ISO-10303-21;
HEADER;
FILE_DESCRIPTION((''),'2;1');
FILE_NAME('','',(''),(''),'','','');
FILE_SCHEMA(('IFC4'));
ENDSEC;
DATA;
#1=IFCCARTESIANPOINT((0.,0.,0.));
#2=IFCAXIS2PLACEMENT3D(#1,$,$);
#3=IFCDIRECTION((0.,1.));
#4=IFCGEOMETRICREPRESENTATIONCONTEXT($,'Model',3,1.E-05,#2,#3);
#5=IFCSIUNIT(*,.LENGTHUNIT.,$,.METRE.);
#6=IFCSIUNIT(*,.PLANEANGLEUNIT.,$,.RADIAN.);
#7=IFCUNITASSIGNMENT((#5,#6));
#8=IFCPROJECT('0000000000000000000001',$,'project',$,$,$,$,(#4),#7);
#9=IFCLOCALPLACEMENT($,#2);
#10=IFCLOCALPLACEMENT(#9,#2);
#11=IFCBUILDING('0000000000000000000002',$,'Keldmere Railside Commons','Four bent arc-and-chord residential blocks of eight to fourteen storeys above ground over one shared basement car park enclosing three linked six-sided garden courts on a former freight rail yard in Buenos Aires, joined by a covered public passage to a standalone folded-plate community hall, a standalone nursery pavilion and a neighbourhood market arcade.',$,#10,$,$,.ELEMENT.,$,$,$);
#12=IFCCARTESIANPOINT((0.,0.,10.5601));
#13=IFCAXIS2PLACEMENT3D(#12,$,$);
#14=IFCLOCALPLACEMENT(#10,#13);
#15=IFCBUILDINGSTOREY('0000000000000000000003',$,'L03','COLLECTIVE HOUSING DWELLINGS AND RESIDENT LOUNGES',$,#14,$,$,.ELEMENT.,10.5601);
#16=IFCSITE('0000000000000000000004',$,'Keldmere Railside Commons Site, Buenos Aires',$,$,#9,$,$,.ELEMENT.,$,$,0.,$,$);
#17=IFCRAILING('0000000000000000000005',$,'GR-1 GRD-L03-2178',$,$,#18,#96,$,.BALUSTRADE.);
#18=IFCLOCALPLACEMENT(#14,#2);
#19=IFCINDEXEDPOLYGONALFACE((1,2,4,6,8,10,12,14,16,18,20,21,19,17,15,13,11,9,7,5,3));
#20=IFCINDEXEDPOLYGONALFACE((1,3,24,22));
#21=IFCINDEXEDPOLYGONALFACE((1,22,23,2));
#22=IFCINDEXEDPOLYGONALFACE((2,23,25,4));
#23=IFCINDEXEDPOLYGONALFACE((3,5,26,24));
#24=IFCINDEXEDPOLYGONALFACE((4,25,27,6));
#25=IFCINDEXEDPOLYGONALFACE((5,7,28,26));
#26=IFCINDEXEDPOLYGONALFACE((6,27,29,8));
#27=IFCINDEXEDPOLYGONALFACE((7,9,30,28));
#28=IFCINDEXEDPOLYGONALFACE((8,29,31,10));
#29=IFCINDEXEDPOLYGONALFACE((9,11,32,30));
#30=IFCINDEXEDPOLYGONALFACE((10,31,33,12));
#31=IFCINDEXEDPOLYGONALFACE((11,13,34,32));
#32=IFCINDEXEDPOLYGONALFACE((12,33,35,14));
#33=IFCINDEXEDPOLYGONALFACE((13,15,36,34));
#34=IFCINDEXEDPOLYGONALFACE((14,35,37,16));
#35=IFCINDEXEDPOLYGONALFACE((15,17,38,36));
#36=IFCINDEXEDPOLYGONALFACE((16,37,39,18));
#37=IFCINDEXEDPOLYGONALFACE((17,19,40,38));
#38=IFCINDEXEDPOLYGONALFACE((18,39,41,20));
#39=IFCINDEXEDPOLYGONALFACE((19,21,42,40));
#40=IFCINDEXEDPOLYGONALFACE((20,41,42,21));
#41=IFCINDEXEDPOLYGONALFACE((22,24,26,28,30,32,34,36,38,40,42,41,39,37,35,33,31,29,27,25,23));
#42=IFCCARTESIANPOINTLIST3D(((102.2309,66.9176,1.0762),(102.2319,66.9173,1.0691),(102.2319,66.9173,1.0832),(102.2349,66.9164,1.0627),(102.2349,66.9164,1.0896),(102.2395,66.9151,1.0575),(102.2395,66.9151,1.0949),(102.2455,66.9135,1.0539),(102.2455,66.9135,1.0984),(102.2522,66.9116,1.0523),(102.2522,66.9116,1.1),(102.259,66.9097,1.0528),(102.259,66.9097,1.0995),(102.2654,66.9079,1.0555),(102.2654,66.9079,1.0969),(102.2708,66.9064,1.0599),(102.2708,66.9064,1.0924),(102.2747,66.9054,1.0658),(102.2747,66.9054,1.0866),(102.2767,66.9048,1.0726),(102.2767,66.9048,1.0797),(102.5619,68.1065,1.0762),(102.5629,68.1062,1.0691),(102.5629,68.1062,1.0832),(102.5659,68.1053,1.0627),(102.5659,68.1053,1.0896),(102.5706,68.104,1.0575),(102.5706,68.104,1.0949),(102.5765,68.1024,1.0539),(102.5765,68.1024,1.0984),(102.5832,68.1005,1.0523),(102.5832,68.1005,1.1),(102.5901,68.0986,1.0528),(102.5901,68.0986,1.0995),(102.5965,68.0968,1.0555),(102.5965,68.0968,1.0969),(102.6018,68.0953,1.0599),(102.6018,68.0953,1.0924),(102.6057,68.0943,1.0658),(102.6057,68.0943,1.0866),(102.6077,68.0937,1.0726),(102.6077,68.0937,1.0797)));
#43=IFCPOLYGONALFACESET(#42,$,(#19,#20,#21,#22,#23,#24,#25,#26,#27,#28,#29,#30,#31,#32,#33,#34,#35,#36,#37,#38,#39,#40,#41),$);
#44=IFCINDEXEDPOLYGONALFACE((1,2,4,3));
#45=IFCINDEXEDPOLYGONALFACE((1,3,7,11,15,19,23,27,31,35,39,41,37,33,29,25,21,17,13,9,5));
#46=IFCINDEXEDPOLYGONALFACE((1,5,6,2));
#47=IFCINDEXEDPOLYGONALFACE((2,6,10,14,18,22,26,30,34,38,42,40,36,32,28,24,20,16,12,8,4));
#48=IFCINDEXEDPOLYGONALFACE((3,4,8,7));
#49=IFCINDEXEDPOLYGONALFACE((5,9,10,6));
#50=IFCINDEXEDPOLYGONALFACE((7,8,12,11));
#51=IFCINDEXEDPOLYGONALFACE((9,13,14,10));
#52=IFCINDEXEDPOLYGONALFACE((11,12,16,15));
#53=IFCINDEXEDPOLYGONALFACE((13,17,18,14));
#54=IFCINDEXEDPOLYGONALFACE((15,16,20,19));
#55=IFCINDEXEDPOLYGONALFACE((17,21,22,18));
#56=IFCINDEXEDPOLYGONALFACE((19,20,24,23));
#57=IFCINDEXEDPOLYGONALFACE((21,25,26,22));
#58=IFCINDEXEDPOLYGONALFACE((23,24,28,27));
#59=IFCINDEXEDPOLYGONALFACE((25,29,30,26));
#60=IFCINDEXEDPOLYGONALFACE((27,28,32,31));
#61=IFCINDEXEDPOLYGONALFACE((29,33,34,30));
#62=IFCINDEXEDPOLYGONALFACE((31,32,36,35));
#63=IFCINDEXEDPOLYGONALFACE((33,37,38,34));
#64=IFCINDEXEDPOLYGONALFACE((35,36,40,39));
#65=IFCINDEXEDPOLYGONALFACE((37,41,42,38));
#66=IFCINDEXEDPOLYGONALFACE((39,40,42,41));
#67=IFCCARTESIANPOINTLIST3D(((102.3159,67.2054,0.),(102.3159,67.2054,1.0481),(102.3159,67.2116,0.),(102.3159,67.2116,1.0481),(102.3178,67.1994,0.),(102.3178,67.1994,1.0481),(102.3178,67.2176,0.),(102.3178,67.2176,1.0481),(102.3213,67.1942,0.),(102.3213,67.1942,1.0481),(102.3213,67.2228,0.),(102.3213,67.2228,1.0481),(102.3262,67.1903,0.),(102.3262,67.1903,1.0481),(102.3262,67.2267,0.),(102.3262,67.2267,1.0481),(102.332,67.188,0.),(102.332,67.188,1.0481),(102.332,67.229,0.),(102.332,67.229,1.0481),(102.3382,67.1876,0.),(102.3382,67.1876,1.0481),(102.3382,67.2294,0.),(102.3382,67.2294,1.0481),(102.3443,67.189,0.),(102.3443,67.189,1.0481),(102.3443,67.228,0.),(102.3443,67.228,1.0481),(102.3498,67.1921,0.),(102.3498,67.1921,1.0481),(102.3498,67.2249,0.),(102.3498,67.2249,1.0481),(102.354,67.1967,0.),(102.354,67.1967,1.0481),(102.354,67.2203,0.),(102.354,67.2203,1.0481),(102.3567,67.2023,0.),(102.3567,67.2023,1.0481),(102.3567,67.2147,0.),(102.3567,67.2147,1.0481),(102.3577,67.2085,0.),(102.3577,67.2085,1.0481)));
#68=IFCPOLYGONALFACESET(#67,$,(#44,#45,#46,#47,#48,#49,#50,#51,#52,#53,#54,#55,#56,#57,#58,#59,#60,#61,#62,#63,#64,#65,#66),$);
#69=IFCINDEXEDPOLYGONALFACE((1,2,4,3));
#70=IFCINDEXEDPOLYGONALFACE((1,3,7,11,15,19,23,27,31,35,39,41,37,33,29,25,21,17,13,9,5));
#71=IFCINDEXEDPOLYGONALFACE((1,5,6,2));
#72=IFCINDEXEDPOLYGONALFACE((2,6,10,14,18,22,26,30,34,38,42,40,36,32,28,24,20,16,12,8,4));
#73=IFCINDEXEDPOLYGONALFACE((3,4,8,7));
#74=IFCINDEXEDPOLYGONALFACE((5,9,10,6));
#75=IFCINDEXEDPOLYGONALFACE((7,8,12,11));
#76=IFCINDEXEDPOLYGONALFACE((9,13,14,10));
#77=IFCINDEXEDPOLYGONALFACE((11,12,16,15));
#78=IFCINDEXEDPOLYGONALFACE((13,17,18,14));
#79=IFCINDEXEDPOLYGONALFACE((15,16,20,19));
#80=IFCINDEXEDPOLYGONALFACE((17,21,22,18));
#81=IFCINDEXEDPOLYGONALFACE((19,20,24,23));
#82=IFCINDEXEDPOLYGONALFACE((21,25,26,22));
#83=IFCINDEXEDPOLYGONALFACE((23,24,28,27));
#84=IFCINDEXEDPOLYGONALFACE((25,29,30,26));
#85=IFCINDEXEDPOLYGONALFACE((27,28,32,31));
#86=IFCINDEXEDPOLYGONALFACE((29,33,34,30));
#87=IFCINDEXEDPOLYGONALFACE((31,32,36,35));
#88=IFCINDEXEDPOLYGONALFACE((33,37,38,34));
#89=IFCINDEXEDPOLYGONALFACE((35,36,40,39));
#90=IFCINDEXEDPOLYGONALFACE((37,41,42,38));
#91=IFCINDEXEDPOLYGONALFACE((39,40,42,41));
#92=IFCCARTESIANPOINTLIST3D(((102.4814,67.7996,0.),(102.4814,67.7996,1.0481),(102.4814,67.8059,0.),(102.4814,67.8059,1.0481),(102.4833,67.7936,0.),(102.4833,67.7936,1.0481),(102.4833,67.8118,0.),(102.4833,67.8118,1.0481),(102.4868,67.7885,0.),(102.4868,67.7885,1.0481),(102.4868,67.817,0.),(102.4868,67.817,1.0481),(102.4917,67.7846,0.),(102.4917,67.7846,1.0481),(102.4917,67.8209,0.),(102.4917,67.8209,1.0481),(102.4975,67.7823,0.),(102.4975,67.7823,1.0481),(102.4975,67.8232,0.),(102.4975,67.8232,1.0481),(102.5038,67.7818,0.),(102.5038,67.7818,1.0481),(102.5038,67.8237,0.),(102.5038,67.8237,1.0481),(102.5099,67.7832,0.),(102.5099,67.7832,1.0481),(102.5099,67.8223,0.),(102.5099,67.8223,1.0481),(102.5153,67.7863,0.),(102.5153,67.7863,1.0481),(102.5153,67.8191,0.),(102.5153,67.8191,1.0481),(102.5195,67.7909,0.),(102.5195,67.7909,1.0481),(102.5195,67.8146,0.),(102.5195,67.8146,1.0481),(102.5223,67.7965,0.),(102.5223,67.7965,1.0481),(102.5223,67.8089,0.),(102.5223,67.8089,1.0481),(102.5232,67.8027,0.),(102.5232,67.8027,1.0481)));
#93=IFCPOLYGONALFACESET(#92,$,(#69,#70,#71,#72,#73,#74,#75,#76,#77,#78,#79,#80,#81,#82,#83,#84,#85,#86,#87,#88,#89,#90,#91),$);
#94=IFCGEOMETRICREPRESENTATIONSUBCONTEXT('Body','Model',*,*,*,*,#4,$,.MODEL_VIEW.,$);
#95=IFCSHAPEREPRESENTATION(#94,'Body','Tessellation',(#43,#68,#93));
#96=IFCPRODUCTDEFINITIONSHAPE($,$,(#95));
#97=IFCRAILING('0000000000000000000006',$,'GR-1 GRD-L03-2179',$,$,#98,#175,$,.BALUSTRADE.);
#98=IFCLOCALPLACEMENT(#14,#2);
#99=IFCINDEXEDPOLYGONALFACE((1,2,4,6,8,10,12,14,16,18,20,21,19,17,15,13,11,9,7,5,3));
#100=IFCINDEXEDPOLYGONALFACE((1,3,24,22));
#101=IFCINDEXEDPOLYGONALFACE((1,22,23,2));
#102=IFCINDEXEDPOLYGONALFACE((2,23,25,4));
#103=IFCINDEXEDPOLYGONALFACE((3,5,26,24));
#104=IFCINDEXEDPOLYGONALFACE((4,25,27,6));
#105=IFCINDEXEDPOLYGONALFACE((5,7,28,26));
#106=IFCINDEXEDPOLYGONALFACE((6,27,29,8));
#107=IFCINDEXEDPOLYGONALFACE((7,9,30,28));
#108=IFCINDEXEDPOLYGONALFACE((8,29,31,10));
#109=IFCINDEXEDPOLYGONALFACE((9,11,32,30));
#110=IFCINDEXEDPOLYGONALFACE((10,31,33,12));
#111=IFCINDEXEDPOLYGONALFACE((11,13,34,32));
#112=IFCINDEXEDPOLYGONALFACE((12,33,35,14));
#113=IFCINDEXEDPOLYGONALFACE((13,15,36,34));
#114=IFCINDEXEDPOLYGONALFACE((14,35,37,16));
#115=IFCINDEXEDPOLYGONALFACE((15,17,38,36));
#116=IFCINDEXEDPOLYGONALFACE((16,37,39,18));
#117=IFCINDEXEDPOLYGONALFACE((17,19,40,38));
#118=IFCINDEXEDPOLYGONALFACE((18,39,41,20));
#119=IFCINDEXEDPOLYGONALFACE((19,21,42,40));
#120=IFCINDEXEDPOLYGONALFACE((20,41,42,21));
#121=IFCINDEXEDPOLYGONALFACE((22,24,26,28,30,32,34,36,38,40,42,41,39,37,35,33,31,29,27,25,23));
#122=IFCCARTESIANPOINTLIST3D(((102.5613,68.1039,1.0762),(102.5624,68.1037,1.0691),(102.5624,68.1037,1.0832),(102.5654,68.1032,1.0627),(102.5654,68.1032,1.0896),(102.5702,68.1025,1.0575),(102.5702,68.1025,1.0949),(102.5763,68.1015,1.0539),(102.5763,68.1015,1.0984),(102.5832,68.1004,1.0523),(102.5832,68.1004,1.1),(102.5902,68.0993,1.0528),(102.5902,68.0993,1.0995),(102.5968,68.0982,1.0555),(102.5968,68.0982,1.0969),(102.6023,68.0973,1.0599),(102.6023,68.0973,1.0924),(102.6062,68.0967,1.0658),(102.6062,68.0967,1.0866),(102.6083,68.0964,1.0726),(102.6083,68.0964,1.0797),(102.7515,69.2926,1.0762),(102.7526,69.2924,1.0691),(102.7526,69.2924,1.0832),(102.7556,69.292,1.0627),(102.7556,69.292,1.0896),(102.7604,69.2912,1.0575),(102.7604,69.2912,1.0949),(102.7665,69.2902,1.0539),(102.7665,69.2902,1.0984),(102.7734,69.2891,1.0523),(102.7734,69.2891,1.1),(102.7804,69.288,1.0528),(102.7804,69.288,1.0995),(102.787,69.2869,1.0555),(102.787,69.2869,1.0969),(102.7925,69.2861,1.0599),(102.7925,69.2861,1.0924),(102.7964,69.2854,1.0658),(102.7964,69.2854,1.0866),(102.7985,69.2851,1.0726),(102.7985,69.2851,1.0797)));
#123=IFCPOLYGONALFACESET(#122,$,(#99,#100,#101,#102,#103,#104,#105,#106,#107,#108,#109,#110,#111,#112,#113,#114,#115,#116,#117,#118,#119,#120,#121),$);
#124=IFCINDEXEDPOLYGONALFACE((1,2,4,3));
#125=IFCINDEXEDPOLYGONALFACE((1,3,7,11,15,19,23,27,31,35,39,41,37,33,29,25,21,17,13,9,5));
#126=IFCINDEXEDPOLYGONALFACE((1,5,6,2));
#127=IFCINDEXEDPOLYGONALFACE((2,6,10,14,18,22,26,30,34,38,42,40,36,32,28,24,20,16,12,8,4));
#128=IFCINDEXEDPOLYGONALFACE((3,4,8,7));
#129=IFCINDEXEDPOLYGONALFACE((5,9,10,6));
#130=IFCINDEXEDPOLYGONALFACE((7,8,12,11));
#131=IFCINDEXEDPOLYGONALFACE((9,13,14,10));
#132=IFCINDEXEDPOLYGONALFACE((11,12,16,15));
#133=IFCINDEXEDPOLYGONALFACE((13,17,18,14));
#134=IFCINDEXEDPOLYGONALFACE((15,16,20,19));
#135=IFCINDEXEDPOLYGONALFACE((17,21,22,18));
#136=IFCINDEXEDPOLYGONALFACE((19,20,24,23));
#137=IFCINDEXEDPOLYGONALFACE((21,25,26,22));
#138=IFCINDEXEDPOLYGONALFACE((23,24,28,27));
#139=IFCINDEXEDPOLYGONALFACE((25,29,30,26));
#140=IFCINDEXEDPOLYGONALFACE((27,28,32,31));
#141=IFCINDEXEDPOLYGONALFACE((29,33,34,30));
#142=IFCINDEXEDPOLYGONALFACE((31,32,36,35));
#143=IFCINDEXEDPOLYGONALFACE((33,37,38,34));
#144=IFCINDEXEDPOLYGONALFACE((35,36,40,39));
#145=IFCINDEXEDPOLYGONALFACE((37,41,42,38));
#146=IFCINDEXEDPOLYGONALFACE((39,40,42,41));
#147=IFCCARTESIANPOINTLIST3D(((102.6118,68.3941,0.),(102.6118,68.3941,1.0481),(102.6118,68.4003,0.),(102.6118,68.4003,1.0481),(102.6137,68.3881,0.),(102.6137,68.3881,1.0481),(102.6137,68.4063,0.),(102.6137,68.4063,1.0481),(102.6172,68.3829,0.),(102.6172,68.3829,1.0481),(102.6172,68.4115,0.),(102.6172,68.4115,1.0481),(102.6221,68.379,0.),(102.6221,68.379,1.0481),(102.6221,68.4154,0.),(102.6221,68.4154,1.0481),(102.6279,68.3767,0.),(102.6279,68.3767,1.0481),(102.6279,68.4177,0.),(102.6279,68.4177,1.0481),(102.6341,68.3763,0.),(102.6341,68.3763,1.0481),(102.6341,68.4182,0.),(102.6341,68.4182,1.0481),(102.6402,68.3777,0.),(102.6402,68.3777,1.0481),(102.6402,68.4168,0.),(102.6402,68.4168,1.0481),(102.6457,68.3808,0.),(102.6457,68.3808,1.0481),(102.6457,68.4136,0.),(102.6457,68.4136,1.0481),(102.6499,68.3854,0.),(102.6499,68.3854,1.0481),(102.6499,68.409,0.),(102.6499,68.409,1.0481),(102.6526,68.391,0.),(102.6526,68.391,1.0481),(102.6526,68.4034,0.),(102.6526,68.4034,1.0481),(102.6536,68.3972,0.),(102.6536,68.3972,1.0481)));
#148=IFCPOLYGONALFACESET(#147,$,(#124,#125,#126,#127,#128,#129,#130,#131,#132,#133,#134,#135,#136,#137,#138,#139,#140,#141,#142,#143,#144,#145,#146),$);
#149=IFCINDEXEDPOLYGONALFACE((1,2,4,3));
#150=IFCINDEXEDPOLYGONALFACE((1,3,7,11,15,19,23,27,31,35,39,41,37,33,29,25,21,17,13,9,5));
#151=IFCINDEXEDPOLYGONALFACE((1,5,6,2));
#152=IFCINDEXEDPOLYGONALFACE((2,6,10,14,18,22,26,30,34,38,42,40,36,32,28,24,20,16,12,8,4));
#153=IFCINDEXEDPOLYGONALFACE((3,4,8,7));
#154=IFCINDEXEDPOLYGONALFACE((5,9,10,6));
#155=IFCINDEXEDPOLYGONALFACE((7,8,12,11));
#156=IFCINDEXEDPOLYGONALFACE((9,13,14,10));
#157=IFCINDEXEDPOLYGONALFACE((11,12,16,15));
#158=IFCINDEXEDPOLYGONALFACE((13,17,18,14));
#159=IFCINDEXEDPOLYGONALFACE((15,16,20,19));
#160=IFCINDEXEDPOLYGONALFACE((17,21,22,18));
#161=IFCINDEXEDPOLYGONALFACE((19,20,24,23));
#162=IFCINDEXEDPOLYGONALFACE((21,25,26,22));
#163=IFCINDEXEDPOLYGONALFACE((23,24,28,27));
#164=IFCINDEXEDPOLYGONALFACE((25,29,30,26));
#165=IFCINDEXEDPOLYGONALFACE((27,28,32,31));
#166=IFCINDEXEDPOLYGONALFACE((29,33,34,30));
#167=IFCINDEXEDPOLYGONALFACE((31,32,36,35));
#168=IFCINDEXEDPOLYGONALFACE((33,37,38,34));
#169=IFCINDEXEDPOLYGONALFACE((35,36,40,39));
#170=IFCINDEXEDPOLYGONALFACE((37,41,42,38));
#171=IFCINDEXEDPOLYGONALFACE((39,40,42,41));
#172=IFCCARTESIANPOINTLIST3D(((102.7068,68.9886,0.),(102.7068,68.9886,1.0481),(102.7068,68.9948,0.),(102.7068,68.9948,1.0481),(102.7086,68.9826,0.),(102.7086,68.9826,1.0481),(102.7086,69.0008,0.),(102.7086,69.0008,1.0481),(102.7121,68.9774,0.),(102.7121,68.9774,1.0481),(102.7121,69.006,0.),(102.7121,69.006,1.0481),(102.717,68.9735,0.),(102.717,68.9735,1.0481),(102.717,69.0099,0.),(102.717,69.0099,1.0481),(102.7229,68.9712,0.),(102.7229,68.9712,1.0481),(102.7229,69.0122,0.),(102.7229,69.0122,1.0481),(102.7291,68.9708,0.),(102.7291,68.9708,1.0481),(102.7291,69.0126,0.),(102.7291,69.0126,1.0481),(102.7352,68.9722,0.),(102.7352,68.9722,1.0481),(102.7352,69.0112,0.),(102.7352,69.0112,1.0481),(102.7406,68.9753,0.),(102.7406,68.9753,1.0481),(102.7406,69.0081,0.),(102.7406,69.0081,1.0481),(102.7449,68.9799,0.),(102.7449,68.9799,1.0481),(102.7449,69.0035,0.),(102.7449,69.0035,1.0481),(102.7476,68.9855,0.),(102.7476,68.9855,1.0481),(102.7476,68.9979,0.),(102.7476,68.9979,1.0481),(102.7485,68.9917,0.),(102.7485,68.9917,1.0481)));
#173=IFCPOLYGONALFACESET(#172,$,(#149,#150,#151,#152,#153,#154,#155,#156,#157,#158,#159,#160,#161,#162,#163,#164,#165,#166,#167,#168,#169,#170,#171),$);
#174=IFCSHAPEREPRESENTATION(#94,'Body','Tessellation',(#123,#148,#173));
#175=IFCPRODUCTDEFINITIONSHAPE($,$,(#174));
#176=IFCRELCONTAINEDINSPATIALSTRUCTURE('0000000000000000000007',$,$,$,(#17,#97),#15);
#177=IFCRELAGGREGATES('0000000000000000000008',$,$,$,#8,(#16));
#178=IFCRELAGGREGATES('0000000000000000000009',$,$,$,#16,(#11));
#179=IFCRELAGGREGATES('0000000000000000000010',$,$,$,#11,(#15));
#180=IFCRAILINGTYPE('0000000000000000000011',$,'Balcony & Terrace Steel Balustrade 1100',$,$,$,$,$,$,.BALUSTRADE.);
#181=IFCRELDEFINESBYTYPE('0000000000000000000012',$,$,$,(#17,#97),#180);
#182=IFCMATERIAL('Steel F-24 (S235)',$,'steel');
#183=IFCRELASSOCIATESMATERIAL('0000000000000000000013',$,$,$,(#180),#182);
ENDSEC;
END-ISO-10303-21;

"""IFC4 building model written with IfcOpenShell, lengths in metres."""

from ifc_helpers import new_model, si_unit, direction, frame, origin, origin_2d, place, context, subcontext, project, spatial, circle, extrude, material, type_object, element, save


model = new_model("IFC4")

# Units and contexts
model_context = context("Model", 3, precision=1e-05, world=origin(), true_north=direction((0.0, 1.0)))
body_context = subcontext(model_context, "Body", "Model", "MODEL_VIEW")
ifc_project = project(units=[si_unit("LENGTHUNIT", "METRE"), si_unit("PLANEANGLEUNIT", "RADIAN")], contexts=[model_context])

# Site, building, storey
site_placement = place(None, origin())
site = spatial("IfcSite", under=ifc_project, at=site_placement, Name="Keldmere Railside Commons Site, Buenos Aires", CompositionType="ELEMENT", RefElevation=0.0)
building_placement = place(site_placement, origin())
building = spatial("IfcBuilding", under=site, at=building_placement, Name="Keldmere Railside Commons", Description="Four bent arc-and-chord residential blocks of eight to fourteen storeys above ground over one shared basement car park enclosing three linked six-sided garden courts on a former freight rail yard in Buenos Aires, joined by a covered public passage to a standalone folded-plate community hall, a standalone nursery pavilion and a neighbourhood market arcade.", CompositionType="ELEMENT")
storey_placement = place(building_placement, frame((0.0, 0.0, 10.5601)))
storey = spatial("IfcBuildingStorey", under=building, at=storey_placement, Name="L03", Description="COLLECTIVE HOUSING DWELLINGS AND RESIDENT LOUNGES", CompositionType="ELEMENT", Elevation=10.5601)

# Railings
ifc_material_1 = material(Name="Steel F-24 (S235)", Category="steel")
railing_type_1 = type_object("IfcRailingType", Name="Balcony & Terrace Steel Balustrade 1100", PredefinedType="BALUSTRADE", material=ifc_material_1)
railing_1_placement = place(storey_placement, frame((102.2539, 66.9111, 0.0)))
element("IfcRailing", 1, at=railing_1_placement, inside=storey, type_object=railing_type_1, Name="GR-1 GRD-L03-2178", PredefinedType="BALUSTRADE", context=body_context, shape_type="SweptSolid", body=[
    extrude(circle(Radius=0.0239, at=origin_2d()), frame((0.0, 0.0, 1.0762), z_axis=(0.268236, 0.963353, 0.0), x_axis=(-0.963353, 0.268236, 0.0)), (0.0, 0.0, 1.0), 1.2341),
    extrude(circle(Radius=0.021, at=origin_2d()), frame((0.0828, 0.2974, 0.0)), (0.0, 0.0, 1.0), 1.0481),
    extrude(circle(Radius=0.021, at=origin_2d()), frame((0.2483, 0.8916, 0.0)), (0.0, 0.0, 1.0), 1.0481),
])
railing_2_placement = place(storey_placement, frame((102.585, 68.1001, 0.0)))
element("IfcRailing", 2, at=railing_2_placement, inside=storey, type_object=railing_type_1, Name="GR-1 GRD-L03-2179", PredefinedType="BALUSTRADE", context=body_context, shape_type="SweptSolid", body=[
    extrude(circle(Radius=0.0239, at=origin_2d()), frame((0.0, 0.0, 1.0762), z_axis=(0.157983, 0.987442, 0.0), x_axis=(-0.987442, 0.157983, 0.0)), (0.0, 0.0, 1.0), 1.2039),
    extrude(circle(Radius=0.021, at=origin_2d()), frame((0.0476, 0.2971, 0.0)), (0.0, 0.0, 1.0), 1.0481),
    extrude(circle(Radius=0.021, at=origin_2d()), frame((0.1426, 0.8916, 0.0)), (0.0, 0.0, 1.0), 1.0481),
])

save(model, "model.ifc")
